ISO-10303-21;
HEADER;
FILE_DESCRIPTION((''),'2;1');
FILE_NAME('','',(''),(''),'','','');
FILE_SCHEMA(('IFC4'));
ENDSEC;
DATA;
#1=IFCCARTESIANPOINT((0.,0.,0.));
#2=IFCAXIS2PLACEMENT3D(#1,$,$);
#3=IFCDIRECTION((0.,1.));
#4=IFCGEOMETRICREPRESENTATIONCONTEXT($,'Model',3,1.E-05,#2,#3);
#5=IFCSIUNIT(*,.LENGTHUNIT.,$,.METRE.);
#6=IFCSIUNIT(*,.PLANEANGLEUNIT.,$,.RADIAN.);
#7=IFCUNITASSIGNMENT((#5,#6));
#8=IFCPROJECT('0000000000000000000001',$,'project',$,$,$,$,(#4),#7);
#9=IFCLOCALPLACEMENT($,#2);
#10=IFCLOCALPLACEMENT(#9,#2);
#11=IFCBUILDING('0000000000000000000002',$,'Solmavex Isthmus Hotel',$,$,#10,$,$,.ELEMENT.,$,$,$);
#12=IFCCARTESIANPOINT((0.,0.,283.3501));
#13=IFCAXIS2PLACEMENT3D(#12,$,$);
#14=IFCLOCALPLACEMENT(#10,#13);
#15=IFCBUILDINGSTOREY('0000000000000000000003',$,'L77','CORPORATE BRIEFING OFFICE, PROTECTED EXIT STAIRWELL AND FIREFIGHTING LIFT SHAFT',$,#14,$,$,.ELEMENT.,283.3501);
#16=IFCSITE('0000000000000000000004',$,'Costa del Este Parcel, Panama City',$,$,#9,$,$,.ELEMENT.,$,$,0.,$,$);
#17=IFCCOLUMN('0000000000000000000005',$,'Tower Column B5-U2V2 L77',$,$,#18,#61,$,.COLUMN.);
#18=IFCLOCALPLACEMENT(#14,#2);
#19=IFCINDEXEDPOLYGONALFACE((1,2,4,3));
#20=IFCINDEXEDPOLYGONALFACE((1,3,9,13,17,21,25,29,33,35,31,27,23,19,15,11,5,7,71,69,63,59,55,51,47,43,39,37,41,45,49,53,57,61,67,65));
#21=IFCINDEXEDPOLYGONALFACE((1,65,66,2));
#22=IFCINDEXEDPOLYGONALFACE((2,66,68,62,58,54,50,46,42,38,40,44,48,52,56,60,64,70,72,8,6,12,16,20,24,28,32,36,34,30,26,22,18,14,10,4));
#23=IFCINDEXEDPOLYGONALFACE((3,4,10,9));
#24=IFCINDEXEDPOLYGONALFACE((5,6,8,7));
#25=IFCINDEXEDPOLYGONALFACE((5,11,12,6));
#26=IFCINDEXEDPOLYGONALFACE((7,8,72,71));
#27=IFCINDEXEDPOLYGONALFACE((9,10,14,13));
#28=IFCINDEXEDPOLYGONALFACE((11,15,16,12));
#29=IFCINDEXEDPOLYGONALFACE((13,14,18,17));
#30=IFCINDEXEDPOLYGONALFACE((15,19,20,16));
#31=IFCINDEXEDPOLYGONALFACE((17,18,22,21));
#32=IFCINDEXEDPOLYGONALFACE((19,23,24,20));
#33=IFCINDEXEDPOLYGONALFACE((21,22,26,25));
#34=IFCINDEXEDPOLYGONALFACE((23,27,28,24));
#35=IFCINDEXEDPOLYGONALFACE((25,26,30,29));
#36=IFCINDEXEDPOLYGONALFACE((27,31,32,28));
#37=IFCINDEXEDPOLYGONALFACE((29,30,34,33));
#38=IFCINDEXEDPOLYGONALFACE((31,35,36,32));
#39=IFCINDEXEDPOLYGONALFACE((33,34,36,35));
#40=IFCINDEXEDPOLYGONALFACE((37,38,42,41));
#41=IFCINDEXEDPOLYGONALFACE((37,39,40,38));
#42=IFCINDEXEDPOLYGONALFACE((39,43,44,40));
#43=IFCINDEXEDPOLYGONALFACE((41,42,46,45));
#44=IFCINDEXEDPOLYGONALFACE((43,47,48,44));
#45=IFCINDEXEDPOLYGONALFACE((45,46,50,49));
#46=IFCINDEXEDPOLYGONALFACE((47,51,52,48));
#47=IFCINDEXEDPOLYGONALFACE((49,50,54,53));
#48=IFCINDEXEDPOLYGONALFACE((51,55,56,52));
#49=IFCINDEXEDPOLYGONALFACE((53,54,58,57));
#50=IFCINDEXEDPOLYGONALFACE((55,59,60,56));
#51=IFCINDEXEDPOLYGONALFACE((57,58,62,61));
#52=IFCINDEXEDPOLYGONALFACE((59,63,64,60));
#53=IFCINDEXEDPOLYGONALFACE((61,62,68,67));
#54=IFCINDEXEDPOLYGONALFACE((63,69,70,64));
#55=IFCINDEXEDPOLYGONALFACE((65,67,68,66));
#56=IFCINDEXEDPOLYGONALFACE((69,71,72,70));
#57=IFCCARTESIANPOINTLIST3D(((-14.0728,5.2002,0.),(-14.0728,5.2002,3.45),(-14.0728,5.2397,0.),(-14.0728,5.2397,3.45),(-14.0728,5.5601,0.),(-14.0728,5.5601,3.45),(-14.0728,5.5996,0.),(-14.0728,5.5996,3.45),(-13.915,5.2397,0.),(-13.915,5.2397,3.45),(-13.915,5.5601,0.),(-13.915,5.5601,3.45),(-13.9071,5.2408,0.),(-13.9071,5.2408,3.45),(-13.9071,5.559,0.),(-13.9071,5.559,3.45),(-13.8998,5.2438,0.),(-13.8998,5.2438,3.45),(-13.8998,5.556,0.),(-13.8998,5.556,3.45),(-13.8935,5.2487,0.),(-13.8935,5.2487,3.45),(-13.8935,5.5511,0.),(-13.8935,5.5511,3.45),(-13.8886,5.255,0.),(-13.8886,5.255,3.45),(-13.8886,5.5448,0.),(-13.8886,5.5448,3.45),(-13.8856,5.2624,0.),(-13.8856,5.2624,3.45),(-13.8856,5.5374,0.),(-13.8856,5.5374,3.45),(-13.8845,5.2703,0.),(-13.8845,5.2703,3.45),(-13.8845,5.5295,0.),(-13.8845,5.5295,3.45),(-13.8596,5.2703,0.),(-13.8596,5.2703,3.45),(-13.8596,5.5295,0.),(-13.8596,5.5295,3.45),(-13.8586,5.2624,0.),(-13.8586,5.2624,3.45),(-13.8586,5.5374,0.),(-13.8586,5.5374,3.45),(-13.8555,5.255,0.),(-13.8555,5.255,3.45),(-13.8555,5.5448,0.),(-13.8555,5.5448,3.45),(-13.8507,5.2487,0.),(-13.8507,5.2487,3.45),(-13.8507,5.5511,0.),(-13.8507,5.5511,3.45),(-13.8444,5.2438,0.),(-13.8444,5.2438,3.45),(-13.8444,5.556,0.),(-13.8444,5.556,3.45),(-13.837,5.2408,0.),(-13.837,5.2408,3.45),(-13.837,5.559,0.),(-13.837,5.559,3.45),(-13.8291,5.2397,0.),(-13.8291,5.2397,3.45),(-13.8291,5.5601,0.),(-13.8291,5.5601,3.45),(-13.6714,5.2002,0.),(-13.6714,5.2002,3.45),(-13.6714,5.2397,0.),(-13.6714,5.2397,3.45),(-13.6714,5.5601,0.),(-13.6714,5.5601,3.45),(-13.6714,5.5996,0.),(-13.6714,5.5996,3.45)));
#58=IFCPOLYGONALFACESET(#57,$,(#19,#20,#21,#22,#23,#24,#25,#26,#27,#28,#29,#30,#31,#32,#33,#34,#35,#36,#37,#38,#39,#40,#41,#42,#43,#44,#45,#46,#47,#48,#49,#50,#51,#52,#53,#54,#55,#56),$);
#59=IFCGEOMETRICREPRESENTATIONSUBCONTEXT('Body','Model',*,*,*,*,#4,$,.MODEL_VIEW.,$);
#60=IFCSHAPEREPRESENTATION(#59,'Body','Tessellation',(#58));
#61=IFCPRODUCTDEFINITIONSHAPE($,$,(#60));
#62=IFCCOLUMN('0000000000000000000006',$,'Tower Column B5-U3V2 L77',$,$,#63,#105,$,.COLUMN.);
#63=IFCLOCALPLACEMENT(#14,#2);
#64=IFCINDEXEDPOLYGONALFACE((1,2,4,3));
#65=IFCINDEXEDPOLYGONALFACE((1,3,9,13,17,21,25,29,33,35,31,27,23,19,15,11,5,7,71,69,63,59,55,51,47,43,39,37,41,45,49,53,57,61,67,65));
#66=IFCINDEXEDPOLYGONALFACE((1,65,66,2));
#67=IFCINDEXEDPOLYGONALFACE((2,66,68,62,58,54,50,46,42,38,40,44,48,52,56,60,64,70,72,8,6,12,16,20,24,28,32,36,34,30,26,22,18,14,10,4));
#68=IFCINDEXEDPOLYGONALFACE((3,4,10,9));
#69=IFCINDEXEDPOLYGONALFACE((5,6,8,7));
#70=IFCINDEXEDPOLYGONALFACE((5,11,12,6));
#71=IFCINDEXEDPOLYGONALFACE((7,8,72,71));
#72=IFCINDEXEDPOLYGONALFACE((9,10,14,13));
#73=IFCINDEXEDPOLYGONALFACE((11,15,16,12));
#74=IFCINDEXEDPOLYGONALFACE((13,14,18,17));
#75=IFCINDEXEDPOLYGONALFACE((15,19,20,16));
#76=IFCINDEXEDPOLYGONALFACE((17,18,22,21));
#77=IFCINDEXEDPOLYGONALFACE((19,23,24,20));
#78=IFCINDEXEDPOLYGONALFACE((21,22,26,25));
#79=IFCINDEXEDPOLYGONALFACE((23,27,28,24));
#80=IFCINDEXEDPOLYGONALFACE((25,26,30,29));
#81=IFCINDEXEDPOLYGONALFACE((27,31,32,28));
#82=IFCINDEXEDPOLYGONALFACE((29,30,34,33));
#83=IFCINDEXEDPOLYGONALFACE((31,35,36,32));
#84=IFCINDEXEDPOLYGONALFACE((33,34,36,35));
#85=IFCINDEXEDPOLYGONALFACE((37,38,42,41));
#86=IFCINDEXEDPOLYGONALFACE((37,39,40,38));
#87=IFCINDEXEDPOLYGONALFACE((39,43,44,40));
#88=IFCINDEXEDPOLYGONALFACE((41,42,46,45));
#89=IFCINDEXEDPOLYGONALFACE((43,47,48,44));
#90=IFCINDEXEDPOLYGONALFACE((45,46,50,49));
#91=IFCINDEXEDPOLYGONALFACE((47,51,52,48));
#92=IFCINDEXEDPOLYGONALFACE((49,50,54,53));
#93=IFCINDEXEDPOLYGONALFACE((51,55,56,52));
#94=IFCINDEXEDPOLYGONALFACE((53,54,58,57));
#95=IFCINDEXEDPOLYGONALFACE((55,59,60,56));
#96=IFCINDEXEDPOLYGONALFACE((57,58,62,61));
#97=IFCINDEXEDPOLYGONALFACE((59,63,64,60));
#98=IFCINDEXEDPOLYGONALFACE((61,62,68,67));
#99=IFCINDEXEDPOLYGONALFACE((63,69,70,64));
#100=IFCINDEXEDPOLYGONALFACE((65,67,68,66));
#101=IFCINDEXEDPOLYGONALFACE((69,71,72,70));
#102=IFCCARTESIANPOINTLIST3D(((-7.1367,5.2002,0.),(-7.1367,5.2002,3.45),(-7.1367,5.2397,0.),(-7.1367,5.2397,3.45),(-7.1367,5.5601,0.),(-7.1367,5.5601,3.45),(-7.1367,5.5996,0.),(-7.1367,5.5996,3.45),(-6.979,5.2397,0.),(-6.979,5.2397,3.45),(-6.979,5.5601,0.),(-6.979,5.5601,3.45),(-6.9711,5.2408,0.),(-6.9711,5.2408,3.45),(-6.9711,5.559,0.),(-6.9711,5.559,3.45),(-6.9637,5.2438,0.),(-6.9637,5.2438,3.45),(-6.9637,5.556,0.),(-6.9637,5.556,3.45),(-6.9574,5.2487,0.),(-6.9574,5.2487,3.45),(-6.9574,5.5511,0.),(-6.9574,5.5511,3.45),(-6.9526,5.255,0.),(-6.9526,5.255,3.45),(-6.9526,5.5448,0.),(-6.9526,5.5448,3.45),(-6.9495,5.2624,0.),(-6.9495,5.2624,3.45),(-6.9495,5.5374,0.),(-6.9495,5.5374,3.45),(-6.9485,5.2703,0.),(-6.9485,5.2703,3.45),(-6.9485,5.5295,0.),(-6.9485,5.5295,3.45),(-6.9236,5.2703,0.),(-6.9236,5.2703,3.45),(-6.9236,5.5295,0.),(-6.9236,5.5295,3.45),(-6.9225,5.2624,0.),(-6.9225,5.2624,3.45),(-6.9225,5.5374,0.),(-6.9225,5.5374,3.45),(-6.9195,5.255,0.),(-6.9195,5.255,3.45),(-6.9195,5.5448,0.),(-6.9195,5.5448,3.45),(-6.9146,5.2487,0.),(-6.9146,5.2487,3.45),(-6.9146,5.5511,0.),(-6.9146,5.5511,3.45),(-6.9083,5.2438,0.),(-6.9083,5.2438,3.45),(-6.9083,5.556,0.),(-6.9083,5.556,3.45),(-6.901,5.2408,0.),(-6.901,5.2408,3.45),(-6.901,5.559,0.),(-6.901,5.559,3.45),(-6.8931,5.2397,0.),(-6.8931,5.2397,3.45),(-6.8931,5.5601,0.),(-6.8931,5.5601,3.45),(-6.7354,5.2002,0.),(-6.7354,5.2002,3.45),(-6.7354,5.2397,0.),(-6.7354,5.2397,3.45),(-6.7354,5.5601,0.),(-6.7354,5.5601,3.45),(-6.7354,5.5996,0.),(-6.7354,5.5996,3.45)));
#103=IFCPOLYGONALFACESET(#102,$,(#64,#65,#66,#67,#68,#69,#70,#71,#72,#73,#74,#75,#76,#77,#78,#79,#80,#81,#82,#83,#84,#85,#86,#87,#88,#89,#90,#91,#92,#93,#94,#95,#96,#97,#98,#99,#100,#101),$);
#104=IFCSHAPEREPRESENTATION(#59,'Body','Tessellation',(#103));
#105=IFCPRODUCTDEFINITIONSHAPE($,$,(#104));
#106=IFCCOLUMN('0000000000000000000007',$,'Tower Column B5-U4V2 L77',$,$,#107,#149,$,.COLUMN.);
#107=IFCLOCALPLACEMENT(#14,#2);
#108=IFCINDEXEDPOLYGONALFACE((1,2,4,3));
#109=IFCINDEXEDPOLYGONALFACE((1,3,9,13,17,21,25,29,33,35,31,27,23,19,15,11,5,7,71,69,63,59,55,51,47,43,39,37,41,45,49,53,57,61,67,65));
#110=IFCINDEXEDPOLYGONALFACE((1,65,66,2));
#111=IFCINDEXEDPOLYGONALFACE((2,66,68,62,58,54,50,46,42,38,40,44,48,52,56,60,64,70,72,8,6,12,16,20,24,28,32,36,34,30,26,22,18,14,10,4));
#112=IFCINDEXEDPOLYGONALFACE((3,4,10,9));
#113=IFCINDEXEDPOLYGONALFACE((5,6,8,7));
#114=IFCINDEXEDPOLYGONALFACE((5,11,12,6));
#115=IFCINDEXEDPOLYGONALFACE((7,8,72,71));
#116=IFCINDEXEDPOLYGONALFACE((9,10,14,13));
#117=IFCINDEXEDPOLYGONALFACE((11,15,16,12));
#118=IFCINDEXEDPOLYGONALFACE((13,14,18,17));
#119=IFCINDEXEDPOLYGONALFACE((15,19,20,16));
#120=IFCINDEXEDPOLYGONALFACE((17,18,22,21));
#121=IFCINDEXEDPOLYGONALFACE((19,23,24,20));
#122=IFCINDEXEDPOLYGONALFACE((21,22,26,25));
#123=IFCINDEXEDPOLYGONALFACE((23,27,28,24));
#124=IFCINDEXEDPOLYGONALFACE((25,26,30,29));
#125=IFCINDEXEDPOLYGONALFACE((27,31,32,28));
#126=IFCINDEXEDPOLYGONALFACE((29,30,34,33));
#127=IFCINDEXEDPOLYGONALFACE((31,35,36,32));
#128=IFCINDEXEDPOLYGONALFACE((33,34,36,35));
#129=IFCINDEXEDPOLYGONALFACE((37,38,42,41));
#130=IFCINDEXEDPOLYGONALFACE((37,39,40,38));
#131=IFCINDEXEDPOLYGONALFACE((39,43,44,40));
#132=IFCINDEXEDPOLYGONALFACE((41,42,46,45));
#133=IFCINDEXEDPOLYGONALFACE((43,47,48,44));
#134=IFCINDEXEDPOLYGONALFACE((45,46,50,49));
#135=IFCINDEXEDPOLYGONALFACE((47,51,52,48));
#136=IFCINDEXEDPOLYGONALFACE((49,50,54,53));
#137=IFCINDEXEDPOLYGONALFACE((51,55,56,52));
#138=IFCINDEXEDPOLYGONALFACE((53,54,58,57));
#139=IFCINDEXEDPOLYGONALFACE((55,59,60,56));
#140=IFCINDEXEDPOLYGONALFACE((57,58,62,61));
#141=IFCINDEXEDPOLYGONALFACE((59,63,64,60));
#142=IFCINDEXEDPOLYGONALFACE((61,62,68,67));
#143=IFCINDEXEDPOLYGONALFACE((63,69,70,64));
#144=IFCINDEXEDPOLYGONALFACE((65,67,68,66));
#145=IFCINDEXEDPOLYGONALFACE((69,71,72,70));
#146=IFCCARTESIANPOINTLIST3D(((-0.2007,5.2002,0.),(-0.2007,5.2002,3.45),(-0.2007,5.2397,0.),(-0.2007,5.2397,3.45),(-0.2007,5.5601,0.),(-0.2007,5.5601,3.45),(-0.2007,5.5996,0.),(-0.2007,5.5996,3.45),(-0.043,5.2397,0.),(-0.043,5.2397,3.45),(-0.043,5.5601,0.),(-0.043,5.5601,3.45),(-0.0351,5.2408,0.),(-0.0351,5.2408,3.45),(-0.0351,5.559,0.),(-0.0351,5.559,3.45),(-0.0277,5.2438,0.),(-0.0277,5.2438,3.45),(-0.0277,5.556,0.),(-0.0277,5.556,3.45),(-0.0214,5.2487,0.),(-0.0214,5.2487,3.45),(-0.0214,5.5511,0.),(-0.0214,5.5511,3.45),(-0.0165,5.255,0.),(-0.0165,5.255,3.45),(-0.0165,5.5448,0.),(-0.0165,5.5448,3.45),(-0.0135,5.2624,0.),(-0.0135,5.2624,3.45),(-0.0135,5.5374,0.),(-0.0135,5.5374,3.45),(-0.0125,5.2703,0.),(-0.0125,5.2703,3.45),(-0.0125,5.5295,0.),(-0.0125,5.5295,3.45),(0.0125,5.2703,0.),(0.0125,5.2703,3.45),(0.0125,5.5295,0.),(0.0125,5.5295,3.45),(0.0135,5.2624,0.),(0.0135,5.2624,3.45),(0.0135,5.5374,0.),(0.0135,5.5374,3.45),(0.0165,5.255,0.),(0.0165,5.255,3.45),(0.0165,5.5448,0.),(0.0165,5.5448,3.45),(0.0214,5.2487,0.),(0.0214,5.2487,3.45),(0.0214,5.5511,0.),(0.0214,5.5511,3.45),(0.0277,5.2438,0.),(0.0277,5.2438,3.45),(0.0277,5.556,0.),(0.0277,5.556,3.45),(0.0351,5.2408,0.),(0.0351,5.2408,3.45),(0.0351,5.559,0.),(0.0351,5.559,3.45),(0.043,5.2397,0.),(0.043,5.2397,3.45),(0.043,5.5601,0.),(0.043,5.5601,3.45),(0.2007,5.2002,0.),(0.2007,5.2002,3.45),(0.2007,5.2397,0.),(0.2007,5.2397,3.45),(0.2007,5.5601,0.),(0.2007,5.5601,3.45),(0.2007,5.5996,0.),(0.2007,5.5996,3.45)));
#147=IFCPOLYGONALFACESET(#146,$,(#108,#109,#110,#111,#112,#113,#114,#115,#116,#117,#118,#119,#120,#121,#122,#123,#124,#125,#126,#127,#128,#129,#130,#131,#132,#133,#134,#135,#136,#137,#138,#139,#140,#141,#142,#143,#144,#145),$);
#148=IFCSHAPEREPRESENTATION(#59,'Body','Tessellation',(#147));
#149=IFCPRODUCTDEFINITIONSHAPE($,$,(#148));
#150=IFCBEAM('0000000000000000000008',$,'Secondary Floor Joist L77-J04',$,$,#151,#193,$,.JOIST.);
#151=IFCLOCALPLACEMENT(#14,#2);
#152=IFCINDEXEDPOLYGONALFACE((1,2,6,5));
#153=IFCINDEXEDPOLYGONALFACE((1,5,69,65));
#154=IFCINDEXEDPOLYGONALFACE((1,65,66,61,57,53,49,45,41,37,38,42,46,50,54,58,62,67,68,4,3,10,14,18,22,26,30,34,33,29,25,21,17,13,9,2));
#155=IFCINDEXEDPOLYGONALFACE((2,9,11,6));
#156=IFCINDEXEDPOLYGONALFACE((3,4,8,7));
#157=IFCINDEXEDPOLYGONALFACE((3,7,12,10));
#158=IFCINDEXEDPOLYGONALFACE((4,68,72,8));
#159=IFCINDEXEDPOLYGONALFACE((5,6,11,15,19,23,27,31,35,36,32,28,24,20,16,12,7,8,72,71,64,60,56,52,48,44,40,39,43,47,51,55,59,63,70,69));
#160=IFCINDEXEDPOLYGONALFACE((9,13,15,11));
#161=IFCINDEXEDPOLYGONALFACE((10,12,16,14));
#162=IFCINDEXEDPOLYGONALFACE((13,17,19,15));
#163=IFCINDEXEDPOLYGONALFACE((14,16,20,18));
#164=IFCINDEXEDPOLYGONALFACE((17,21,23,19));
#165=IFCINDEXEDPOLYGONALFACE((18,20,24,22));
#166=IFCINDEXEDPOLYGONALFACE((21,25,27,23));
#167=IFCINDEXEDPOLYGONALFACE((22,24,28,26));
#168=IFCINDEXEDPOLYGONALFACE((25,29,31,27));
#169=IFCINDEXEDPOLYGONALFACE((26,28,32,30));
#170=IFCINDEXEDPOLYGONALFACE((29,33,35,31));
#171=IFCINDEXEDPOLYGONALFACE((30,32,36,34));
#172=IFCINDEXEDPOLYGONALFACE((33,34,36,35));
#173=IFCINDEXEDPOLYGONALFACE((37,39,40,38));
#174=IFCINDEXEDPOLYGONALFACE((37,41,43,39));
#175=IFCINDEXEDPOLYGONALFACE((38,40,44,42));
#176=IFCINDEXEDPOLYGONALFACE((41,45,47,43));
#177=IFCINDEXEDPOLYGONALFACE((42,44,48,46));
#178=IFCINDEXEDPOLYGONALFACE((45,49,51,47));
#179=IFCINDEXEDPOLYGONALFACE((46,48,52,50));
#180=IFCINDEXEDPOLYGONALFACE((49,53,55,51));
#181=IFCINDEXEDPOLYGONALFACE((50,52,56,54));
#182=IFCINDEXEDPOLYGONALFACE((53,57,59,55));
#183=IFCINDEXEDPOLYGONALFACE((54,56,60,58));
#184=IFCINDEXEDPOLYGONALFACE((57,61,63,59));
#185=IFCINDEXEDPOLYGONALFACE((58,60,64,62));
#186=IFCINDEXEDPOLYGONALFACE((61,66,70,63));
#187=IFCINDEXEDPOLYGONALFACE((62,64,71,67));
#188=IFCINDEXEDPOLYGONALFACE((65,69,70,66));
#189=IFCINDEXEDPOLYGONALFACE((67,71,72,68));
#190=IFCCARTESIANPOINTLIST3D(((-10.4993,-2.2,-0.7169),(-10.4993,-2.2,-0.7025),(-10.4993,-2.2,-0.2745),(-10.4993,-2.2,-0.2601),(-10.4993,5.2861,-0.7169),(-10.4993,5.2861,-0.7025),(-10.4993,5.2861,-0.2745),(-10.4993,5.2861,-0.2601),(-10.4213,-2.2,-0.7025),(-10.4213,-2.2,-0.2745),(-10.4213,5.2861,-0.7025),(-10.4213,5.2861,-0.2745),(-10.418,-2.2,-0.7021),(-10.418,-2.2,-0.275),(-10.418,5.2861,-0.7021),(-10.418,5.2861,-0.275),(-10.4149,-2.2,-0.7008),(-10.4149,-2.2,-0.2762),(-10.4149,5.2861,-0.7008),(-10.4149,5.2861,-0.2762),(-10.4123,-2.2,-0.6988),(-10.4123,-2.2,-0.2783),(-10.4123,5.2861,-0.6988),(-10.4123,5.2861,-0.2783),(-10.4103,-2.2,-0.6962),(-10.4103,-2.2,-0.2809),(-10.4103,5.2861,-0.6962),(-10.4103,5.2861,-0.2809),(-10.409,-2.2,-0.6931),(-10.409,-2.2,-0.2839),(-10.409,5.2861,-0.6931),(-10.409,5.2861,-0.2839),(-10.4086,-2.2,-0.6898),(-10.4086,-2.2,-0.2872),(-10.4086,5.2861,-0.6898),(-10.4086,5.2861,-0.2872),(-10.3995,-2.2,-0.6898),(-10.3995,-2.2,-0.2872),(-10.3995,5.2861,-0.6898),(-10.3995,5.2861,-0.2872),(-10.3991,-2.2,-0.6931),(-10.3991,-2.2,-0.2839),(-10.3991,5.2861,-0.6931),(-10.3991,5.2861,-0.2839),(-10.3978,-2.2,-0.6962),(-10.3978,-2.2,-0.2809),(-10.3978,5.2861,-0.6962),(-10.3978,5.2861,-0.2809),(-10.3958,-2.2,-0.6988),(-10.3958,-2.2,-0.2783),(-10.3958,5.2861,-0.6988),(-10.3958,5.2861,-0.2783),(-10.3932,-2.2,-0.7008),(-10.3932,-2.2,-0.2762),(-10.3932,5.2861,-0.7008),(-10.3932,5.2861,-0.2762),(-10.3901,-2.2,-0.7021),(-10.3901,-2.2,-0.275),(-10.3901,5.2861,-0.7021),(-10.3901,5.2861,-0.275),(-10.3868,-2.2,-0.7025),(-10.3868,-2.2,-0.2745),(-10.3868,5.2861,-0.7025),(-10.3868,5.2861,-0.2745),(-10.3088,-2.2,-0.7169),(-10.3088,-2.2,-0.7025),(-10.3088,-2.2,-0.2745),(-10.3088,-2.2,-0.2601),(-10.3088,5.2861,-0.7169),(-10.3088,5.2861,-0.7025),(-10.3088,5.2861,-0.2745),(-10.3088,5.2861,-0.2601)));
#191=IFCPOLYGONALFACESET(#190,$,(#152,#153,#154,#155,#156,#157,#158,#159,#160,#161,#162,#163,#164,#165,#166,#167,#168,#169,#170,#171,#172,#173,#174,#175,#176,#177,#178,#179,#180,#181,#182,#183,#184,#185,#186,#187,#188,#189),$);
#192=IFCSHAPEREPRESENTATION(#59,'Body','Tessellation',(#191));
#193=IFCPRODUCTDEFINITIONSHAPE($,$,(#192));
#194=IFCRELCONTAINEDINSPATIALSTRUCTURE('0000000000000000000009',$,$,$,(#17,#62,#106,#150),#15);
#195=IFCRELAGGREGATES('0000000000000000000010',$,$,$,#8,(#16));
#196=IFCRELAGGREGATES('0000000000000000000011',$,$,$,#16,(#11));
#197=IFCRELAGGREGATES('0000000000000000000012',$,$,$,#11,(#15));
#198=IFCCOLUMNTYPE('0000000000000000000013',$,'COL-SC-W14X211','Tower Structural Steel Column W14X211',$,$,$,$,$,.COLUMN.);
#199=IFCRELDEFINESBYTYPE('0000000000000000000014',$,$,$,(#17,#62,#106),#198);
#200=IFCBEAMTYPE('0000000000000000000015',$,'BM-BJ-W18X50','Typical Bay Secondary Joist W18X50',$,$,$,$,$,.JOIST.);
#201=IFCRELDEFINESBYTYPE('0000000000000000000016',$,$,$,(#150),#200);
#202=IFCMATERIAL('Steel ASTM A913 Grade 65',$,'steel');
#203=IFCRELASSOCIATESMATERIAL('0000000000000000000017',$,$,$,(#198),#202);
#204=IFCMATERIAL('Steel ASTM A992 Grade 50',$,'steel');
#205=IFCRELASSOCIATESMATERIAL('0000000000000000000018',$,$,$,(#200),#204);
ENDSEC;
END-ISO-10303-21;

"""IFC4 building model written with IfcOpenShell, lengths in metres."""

from ifc_helpers import new_model, si_unit, direction, frame, origin, origin_2d, place, context, subcontext, project, spatial, i_section, extrude, material, material_profile, profile_set, type_object, element, save


model = new_model("IFC4")

# Units and contexts
model_context = context("Model", 3, precision=1e-05, world=origin(), true_north=direction((0.0, 1.0)))
body_context = subcontext(model_context, "Body", "Model", "MODEL_VIEW")
ifc_project = project(units=[si_unit("LENGTHUNIT", "METRE"), si_unit("PLANEANGLEUNIT", "RADIAN")], contexts=[model_context])

# Site, building, storey
site_placement = place(None, origin())
site = spatial("IfcSite", under=ifc_project, at=site_placement, Name="Costa del Este Parcel, Panama City", CompositionType="ELEMENT", RefElevation=0.0)
building_placement = place(site_placement, origin())
building = spatial("IfcBuilding", under=site, at=building_placement, Name="Solmavex Isthmus Hotel", CompositionType="ELEMENT")
storey_placement = place(building_placement, frame((0.0, 0.0, 283.3501)))
storey = spatial("IfcBuildingStorey", under=building, at=storey_placement, Name="L77", Description="CORPORATE BRIEFING OFFICE, PROTECTED EXIT STAIRWELL AND FIREFIGHTING LIFT SHAFT", CompositionType="ELEMENT", Elevation=283.3501)

# Columns
ifc_material_1 = material(Name="Steel ASTM A913 Grade 65", Category="steel")
ifc_material_profile_1 = material_profile(ifc_material_1, i_section(OverallWidth=0.4014, OverallDepth=0.3994, WebThickness=0.0249, FlangeThickness=0.0396, FilletRadius=0.0305, at=origin_2d()), Name="W14X211")
ifc_profile_set_1 = profile_set([ifc_material_profile_1], Name="Steel ASTM A913 Grade 65")
column_type = type_object("IfcColumnType", Name="COL-SC-W14X211", Description="Tower Structural Steel Column W14X211", PredefinedType="COLUMN", material=ifc_profile_set_1)
for number, where, z_axis, x_axis, name in (
    (1, (-13.8721, 5.3999, 0.0), (0.0, 0.0, 1.0), (1.0, 0.0, 0.0), "Tower Column B5-U2V2 L77"),
    (2, (-6.936, 5.3999, 0.0), (0.0, 0.0, 1.0), (1.0, 0.0, 0.0), "Tower Column B5-U3V2 L77"),
    (3, (0.0, 5.3999, 0.0), (0.0, 0.0, 1.0), (1.0, 0.0, 0.0), "Tower Column B5-U4V2 L77"),
):
    element("IfcColumn", number, at=place(storey_placement, frame(where, z_axis=z_axis, x_axis=x_axis)), inside=storey, type_object=column_type, Name=name, PredefinedType="COLUMN", context=body_context, shape_type="SweptSolid", body=[
        extrude(i_section(OverallWidth=0.4014, OverallDepth=0.3994, WebThickness=0.0249, FlangeThickness=0.0396, FilletRadius=0.0305, at=origin_2d()), origin(), (0.0, 0.0, 1.0), 3.45),
    ])

# Beam
ifc_material_2 = material(Name="Steel ASTM A992 Grade 50", Category="steel")
ifc_material_profile_2 = material_profile(ifc_material_2, i_section(OverallWidth=0.1904, OverallDepth=0.4568, WebThickness=0.009, FlangeThickness=0.0144, FilletRadius=0.0127, at=origin_2d()), Name="W18X50")
ifc_profile_set_2 = profile_set([ifc_material_profile_2], Name="Steel ASTM A992 Grade 50")
beam_type_1 = type_object("IfcBeamType", Name="BM-BJ-W18X50", Description="Typical Bay Secondary Joist W18X50", PredefinedType="JOIST", material=ifc_profile_set_2)
for number, where, z_axis, x_axis, name in (
    (4, (-10.4041, -2.2, -0.4885), (0.0, 1.0, 0.0), (-1.0, 0.0, 0.0), "Secondary Floor Joist L77-J04"),
):
    element("IfcBeam", number, at=place(storey_placement, frame(where, z_axis=z_axis, x_axis=x_axis)), inside=storey, type_object=beam_type_1, Name=name, PredefinedType="JOIST", context=body_context, shape_type="SweptSolid", body=[
        extrude(i_section(OverallWidth=0.1904, OverallDepth=0.4568, WebThickness=0.009, FlangeThickness=0.0144, FilletRadius=0.0127, at=origin_2d()), origin(), (0.0, 0.0, 1.0), 7.4861),
    ])

save(model, "model.ifc")
